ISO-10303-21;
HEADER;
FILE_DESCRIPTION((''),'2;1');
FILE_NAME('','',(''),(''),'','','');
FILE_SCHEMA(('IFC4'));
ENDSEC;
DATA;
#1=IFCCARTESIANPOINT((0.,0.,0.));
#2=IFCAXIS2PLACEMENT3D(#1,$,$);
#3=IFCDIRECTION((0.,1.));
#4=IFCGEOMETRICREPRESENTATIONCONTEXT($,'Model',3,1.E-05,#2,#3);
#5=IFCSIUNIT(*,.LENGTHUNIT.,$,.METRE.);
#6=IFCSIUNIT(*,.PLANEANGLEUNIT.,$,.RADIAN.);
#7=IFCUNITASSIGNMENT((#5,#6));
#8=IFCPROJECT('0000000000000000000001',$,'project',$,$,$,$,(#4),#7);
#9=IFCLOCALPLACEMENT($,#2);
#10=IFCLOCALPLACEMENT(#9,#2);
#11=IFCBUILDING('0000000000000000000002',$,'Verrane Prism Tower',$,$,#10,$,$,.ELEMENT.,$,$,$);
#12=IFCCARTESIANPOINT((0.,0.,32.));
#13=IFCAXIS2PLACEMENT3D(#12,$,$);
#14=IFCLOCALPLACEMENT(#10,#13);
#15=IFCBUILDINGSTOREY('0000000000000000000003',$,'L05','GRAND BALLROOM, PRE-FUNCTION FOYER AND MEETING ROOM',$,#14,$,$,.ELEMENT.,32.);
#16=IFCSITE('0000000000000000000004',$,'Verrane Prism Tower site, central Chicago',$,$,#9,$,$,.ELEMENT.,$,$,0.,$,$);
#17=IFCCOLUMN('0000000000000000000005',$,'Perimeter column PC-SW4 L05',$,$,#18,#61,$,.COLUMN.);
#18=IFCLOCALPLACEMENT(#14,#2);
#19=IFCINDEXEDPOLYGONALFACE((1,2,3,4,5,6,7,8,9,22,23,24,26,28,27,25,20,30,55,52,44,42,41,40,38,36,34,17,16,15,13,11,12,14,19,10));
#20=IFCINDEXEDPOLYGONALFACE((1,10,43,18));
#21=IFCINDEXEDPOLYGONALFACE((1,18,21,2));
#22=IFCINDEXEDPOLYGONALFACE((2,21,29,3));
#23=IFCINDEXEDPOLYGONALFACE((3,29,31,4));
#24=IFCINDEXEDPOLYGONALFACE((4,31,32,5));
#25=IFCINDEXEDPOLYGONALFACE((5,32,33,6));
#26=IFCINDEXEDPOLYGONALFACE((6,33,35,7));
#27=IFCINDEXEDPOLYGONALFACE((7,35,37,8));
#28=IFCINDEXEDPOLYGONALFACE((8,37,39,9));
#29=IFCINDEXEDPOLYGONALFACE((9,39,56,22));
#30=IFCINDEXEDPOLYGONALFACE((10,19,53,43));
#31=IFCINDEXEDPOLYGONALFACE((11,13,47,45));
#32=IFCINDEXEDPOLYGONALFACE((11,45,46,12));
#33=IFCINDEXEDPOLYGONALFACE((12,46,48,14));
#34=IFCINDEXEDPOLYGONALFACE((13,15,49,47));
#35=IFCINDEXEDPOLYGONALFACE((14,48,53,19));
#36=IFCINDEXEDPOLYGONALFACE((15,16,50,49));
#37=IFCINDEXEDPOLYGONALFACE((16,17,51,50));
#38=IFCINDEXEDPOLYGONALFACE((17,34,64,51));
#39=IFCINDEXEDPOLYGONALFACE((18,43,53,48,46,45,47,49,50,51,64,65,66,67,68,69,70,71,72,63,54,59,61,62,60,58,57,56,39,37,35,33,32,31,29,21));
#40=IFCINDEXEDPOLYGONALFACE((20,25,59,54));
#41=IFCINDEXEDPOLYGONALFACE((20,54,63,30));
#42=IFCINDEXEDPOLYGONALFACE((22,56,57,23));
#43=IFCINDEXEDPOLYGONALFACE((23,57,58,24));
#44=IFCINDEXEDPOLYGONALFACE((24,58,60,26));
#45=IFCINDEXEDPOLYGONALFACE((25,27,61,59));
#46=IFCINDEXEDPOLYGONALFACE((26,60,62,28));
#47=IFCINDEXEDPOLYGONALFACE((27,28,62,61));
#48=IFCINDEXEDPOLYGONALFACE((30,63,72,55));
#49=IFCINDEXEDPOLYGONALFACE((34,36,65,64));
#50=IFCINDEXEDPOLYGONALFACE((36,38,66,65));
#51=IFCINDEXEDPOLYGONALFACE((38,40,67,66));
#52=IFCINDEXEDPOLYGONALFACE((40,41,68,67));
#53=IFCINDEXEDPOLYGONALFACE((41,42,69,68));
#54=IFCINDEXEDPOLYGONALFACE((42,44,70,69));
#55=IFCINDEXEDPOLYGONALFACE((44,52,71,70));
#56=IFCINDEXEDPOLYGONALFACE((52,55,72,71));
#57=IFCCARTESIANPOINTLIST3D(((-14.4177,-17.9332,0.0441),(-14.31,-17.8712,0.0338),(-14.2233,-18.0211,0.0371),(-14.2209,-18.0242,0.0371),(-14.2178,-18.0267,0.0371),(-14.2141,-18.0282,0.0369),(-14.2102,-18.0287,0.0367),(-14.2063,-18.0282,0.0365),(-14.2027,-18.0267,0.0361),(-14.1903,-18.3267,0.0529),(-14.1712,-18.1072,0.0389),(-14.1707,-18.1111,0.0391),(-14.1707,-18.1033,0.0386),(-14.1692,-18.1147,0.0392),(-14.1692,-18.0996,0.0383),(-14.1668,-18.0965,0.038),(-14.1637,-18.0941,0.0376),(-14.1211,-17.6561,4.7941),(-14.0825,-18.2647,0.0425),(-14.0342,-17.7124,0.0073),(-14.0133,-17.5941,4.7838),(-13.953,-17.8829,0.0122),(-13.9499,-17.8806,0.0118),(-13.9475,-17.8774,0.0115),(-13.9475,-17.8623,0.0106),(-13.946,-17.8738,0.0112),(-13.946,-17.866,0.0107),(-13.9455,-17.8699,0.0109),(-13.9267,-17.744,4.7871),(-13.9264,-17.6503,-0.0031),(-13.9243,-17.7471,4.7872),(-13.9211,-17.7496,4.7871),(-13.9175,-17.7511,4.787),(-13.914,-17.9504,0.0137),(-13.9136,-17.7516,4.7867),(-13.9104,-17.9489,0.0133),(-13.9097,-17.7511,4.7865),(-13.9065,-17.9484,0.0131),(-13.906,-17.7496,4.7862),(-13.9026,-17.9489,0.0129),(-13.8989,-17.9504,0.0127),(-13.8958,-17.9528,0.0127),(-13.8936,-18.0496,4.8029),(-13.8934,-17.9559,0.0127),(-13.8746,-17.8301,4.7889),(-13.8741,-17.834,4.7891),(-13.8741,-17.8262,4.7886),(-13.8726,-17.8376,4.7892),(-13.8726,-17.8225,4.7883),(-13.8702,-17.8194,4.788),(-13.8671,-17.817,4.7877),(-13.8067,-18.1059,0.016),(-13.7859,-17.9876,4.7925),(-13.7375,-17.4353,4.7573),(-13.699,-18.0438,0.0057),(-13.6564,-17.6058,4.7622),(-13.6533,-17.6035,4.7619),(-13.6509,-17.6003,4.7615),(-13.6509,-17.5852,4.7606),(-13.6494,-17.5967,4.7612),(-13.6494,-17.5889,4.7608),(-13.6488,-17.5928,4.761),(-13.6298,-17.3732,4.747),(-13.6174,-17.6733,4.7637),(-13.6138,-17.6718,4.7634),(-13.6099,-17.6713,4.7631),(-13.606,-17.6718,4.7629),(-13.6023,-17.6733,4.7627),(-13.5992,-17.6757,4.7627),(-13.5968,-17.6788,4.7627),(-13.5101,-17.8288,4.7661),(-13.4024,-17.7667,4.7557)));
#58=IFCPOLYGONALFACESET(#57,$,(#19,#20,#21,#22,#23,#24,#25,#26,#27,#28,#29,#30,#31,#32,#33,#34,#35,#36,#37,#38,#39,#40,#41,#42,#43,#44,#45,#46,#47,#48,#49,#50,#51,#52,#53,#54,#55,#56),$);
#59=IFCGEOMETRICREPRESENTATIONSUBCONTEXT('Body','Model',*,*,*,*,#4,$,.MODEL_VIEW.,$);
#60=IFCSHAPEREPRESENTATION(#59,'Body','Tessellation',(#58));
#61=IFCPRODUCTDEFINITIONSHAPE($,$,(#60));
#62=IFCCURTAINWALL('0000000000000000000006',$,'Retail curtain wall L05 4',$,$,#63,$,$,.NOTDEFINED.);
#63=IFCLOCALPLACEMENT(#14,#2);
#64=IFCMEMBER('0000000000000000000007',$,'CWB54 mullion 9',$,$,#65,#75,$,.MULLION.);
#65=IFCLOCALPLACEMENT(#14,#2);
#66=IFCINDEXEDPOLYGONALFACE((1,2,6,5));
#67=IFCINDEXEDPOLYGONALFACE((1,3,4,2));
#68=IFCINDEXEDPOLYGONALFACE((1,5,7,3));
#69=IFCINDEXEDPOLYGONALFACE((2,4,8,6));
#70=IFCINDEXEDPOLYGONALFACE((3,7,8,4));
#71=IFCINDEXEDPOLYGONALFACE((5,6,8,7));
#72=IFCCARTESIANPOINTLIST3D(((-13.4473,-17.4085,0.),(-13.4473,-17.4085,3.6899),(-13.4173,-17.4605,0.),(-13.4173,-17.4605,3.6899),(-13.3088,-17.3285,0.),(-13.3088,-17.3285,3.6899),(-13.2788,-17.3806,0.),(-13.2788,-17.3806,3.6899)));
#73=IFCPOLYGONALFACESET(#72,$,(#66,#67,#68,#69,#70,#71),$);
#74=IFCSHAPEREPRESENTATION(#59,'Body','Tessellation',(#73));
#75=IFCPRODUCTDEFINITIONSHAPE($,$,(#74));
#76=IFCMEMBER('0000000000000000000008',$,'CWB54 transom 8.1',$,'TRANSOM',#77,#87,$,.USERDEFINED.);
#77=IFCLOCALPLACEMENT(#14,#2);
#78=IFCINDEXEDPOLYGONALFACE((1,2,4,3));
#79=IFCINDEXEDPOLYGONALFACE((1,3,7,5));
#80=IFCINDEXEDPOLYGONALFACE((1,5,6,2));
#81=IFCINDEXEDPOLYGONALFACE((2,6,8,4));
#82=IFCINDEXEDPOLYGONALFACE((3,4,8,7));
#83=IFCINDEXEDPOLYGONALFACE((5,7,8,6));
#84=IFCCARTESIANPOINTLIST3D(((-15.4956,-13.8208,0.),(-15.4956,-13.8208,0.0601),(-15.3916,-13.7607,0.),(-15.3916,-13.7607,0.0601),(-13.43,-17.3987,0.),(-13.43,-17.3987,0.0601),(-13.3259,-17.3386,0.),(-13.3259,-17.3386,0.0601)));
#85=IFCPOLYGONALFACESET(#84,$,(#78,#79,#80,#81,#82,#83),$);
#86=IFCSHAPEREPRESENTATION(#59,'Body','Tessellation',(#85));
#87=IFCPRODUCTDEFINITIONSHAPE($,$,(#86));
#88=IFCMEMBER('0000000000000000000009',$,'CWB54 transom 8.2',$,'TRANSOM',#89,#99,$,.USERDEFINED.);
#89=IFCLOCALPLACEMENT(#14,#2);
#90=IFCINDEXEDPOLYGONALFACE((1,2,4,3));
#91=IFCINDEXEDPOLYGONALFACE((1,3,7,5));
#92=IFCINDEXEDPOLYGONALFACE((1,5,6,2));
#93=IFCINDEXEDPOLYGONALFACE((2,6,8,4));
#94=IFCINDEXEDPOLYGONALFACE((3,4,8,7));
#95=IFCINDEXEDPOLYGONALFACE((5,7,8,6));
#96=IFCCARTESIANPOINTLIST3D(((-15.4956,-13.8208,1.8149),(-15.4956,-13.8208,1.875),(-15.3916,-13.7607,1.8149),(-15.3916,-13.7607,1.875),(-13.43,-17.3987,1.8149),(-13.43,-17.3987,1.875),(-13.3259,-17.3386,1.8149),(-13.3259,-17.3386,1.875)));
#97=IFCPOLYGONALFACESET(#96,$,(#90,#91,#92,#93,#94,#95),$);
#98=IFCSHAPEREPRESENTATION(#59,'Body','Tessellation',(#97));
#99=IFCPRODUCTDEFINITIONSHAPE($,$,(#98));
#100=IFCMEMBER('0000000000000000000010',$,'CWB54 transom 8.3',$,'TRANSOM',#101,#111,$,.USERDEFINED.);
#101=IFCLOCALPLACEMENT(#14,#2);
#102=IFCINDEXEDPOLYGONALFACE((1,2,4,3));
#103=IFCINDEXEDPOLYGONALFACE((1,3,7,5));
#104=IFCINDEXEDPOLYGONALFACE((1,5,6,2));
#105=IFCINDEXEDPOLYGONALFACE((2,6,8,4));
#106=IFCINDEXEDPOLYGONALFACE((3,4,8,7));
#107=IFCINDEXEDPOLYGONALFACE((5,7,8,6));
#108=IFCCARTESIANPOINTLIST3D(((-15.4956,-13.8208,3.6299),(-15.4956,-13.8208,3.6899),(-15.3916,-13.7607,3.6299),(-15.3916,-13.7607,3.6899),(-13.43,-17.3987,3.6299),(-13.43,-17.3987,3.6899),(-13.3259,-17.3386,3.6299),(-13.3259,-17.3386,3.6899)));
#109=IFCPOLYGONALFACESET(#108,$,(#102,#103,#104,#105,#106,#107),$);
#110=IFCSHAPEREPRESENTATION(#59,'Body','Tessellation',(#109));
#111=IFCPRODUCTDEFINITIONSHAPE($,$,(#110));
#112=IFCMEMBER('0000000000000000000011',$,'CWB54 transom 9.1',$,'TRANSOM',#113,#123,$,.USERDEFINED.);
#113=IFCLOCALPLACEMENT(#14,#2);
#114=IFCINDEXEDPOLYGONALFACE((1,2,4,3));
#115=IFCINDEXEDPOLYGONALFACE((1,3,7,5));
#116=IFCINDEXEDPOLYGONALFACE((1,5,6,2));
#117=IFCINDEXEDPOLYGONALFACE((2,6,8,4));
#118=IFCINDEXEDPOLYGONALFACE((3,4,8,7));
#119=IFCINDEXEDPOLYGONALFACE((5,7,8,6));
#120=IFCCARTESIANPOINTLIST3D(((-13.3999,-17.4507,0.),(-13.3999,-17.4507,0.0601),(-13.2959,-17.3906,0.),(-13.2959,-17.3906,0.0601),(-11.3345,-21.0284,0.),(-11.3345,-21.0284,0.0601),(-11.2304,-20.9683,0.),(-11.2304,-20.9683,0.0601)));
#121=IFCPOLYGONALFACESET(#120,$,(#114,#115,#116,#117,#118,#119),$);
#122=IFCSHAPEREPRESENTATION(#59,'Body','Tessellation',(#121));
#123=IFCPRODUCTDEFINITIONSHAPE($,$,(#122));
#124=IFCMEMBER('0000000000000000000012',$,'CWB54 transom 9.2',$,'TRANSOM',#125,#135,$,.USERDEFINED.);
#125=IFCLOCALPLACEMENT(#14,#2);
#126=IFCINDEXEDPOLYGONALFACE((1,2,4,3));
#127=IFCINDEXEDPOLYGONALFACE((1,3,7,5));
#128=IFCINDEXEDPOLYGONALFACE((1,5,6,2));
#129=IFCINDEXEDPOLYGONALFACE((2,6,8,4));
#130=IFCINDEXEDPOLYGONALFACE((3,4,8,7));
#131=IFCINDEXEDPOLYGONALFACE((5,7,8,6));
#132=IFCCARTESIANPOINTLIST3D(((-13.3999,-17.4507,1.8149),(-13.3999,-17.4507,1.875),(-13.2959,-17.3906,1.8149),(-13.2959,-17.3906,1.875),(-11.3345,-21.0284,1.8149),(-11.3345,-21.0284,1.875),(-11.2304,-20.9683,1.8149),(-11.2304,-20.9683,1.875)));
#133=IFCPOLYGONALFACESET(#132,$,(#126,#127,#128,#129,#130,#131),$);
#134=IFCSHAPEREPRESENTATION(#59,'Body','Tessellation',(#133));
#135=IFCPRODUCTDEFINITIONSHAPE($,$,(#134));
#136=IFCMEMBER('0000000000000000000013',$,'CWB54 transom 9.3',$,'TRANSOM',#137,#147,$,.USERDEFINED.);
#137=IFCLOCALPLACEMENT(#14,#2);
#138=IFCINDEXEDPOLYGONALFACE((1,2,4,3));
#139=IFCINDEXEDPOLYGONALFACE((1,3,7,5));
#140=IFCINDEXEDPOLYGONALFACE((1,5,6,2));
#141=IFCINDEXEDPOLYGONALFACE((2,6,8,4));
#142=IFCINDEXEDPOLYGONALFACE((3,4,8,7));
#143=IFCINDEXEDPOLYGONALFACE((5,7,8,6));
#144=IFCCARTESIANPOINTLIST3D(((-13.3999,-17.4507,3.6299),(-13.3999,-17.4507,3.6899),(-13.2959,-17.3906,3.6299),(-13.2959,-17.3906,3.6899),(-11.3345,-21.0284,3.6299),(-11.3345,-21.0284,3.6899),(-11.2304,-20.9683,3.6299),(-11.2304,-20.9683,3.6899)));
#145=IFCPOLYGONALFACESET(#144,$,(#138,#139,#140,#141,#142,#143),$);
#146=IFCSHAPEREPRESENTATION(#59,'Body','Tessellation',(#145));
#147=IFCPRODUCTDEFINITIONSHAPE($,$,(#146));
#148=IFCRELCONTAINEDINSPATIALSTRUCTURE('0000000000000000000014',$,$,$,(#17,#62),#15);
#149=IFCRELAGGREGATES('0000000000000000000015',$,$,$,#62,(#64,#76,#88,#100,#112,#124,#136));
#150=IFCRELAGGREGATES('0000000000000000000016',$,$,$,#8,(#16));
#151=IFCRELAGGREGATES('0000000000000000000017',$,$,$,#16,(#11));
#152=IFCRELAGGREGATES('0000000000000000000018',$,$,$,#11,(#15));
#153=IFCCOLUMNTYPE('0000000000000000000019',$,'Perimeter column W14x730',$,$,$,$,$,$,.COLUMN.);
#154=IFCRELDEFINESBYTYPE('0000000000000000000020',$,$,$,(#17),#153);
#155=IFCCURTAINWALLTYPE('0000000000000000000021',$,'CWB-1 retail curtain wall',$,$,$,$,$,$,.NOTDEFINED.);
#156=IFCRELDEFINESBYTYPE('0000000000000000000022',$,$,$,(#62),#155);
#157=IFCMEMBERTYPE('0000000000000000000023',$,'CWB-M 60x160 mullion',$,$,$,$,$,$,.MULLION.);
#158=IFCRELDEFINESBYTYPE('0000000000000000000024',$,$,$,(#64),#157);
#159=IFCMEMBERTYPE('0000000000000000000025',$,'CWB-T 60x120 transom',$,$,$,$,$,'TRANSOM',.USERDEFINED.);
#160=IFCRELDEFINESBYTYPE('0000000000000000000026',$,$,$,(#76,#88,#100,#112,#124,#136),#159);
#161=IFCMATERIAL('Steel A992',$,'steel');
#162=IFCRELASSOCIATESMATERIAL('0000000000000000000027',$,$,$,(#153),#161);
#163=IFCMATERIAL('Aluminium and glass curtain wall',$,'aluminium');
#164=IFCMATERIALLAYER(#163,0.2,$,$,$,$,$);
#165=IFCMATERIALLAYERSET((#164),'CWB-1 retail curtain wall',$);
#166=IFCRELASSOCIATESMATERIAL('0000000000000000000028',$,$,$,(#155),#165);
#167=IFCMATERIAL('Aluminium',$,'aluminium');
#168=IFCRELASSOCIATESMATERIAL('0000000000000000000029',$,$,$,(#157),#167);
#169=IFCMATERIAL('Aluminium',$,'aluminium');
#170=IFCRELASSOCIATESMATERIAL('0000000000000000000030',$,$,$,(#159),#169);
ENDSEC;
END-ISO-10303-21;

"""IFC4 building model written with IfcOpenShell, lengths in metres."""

from ifc_helpers import new_model, si_unit, direction, frame, origin, origin_2d, place, context, subcontext, project, spatial, rectangle, i_section, extrude, material, layer, layer_set, material_profile, profile_set, type_object, element, aggregate, save


model = new_model("IFC4")

# Units and contexts
model_context = context("Model", 3, precision=1e-05, world=origin(), true_north=direction((0.0, 1.0)))
body_context = subcontext(model_context, "Body", "Model", "MODEL_VIEW")
ifc_project = project(units=[si_unit("LENGTHUNIT", "METRE"), si_unit("PLANEANGLEUNIT", "RADIAN")], contexts=[model_context])

# Site, building, storey
site_placement = place(None, origin())
site = spatial("IfcSite", under=ifc_project, at=site_placement, Name="Verrane Prism Tower site, central Chicago", CompositionType="ELEMENT", RefElevation=0.0)
building_placement = place(site_placement, origin())
building = spatial("IfcBuilding", under=site, at=building_placement, Name="Verrane Prism Tower", CompositionType="ELEMENT")
storey_placement = place(building_placement, frame((0.0, 0.0, 32.0)))
storey = spatial("IfcBuildingStorey", under=building, at=storey_placement, Name="L05", Description="GRAND BALLROOM, PRE-FUNCTION FOYER AND MEETING ROOM", CompositionType="ELEMENT", Elevation=32.0)

# Column
ifc_material_1 = material(Name="Steel A992", Category="steel")
ifc_material_profile_1 = material_profile(ifc_material_1, i_section(OverallWidth=0.4546, OverallDepth=0.5688, WebThickness=0.0779, FlangeThickness=0.1248, FilletRadius=0.0151, at=origin_2d()), Name="W14x730")
ifc_profile_set_1 = profile_set([ifc_material_profile_1], Name="Steel A992")
column_type = type_object("IfcColumnType", Name="Perimeter column W14x730", PredefinedType="COLUMN", material=ifc_profile_set_1)
column_placement = place(storey_placement, frame((-14.0583, -17.9885, 0.0249), z_axis=(0.062222, 0.058125, 0.996368), x_axis=(-0.500287, 0.865646, -0.019257)))
element("IfcColumn", 1, at=column_placement, inside=storey, type_object=column_type, Name="Perimeter column PC-SW4 L05", PredefinedType="COLUMN", context=body_context, shape_type="SweptSolid", body=[
    extrude(i_section(OverallWidth=0.4546, OverallDepth=0.5688, WebThickness=0.0779, FlangeThickness=0.1248, FilletRadius=0.0151, at=origin_2d()), origin(), (0.0, 0.0, 1.0), 4.7673),
])

# Curtain wall, members
ifc_material_2 = material(Name="Aluminium and glass curtain wall", Category="aluminium")
ifc_layer_1 = layer(ifc_material_2, 0.2)
ifc_layer_set_1 = layer_set([ifc_layer_1], Name="CWB-1 retail curtain wall")
curtain_wall_type = type_object("IfcCurtainWallType", Name="CWB-1 retail curtain wall", PredefinedType="NOTDEFINED", material=ifc_layer_set_1)
curtain_wall_placement = place(storey_placement, origin())
curtain_wall = element("IfcCurtainWall", 2, at=curtain_wall_placement, inside=storey, type_object=curtain_wall_type, Name="Retail curtain wall L05 4", PredefinedType="NOTDEFINED")
ifc_material_3 = material(Name="Aluminium", Category="aluminium")
ifc_material_profile_2 = material_profile(ifc_material_3, rectangle(XDim=0.1599, YDim=0.0601, at=origin_2d()), Name="CWB-M 60x160 mullion")
ifc_profile_set_2 = profile_set([ifc_material_profile_2], Name="Aluminium")
member_type_1 = type_object("IfcMemberType", Name="CWB-M 60x160 mullion", PredefinedType="MULLION", material=ifc_profile_set_2)
member_1_placement = place(storey_placement, frame((-13.363, -17.3945, 0.0), z_axis=(0.0, 0.0, 1.0), x_axis=(0.866025, 0.5, 0.0)))
member_1 = element("IfcMember", 3, at=member_1_placement, type_object=member_type_1, Name="CWB54 mullion 9", PredefinedType="MULLION", context=body_context, shape_type="SweptSolid", body=[
    extrude(rectangle(XDim=0.1599, YDim=0.0601, at=origin_2d()), origin(), (0.0, 0.0, 1.0), 3.6899),
])
ifc_material_4 = material(Name="Aluminium", Category="aluminium")
ifc_material_profile_3 = material_profile(ifc_material_4, rectangle(XDim=0.1201, YDim=0.0601, at=origin_2d()), Name="CWB-T 60x120 transom")
ifc_profile_set_3 = profile_set([ifc_material_profile_3], Name="Aluminium")
member_type_2 = type_object("IfcMemberType", Name="CWB-T 60x120 transom", ElementType="TRANSOM", PredefinedType="USERDEFINED", material=ifc_profile_set_3)
member_2_placement = place(storey_placement, frame((-15.4436, -13.7908, 0.03), z_axis=(0.499997, -0.866027, 0.0), x_axis=(0.866027, 0.499997, 0.0)))
member_2 = element("IfcMember", 4, at=member_2_placement, type_object=member_type_2, Name="CWB54 transom 8.1", ObjectType="TRANSOM", PredefinedType="USERDEFINED", context=body_context, shape_type="SweptSolid", body=[
    extrude(rectangle(XDim=0.1201, YDim=0.0601, at=origin_2d()), origin(), (0.0, 0.0, 1.0), 4.1313),
])
member_3_placement = place(storey_placement, frame((-15.4436, -13.7908, 1.845), z_axis=(0.499997, -0.866027, 0.0), x_axis=(0.866027, 0.499997, 0.0)))
member_3 = element("IfcMember", 5, at=member_3_placement, type_object=member_type_2, Name="CWB54 transom 8.2", ObjectType="TRANSOM", PredefinedType="USERDEFINED", context=body_context, shape_type="SweptSolid", body=[
    extrude(rectangle(XDim=0.1201, YDim=0.0601, at=origin_2d()), origin(), (0.0, 0.0, 1.0), 4.1313),
])
member_4_placement = place(storey_placement, frame((-15.4436, -13.7908, 3.6599), z_axis=(0.499997, -0.866027, 0.0), x_axis=(0.866027, 0.499997, 0.0)))
member_4 = element("IfcMember", 6, at=member_4_placement, type_object=member_type_2, Name="CWB54 transom 8.3", ObjectType="TRANSOM", PredefinedType="USERDEFINED", context=body_context, shape_type="SweptSolid", body=[
    extrude(rectangle(XDim=0.1201, YDim=0.0601, at=origin_2d()), origin(), (0.0, 0.0, 1.0), 4.1313),
])
member_5_placement = place(storey_placement, frame((-13.3479, -17.4207, 0.03), z_axis=(0.499978, -0.866038, 0.0), x_axis=(0.866038, 0.499978, 0.0)))
member_5 = element("IfcMember", 7, at=member_5_placement, type_object=member_type_2, Name="CWB54 transom 9.1", ObjectType="TRANSOM", PredefinedType="USERDEFINED", context=body_context, shape_type="SweptSolid", body=[
    extrude(rectangle(XDim=0.1201, YDim=0.0601, at=origin_2d()), origin(), (0.0, 0.0, 1.0), 4.1311),
])
member_6_placement = place(storey_placement, frame((-13.3479, -17.4207, 1.845), z_axis=(0.499978, -0.866038, 0.0), x_axis=(0.866038, 0.499978, 0.0)))
member_6 = element("IfcMember", 8, at=member_6_placement, type_object=member_type_2, Name="CWB54 transom 9.2", ObjectType="TRANSOM", PredefinedType="USERDEFINED", context=body_context, shape_type="SweptSolid", body=[
    extrude(rectangle(XDim=0.1201, YDim=0.0601, at=origin_2d()), origin(), (0.0, 0.0, 1.0), 4.1311),
])
member_7_placement = place(storey_placement, frame((-13.3479, -17.4207, 3.6599), z_axis=(0.499978, -0.866038, 0.0), x_axis=(0.866038, 0.499978, 0.0)))
member_7 = element("IfcMember", 9, at=member_7_placement, type_object=member_type_2, Name="CWB54 transom 9.3", ObjectType="TRANSOM", PredefinedType="USERDEFINED", context=body_context, shape_type="SweptSolid", body=[
    extrude(rectangle(XDim=0.1201, YDim=0.0601, at=origin_2d()), origin(), (0.0, 0.0, 1.0), 4.1311),
])

aggregate(curtain_wall, [member_1, member_2, member_3, member_4, member_5, member_6, member_7])

save(model, "model.ifc")
